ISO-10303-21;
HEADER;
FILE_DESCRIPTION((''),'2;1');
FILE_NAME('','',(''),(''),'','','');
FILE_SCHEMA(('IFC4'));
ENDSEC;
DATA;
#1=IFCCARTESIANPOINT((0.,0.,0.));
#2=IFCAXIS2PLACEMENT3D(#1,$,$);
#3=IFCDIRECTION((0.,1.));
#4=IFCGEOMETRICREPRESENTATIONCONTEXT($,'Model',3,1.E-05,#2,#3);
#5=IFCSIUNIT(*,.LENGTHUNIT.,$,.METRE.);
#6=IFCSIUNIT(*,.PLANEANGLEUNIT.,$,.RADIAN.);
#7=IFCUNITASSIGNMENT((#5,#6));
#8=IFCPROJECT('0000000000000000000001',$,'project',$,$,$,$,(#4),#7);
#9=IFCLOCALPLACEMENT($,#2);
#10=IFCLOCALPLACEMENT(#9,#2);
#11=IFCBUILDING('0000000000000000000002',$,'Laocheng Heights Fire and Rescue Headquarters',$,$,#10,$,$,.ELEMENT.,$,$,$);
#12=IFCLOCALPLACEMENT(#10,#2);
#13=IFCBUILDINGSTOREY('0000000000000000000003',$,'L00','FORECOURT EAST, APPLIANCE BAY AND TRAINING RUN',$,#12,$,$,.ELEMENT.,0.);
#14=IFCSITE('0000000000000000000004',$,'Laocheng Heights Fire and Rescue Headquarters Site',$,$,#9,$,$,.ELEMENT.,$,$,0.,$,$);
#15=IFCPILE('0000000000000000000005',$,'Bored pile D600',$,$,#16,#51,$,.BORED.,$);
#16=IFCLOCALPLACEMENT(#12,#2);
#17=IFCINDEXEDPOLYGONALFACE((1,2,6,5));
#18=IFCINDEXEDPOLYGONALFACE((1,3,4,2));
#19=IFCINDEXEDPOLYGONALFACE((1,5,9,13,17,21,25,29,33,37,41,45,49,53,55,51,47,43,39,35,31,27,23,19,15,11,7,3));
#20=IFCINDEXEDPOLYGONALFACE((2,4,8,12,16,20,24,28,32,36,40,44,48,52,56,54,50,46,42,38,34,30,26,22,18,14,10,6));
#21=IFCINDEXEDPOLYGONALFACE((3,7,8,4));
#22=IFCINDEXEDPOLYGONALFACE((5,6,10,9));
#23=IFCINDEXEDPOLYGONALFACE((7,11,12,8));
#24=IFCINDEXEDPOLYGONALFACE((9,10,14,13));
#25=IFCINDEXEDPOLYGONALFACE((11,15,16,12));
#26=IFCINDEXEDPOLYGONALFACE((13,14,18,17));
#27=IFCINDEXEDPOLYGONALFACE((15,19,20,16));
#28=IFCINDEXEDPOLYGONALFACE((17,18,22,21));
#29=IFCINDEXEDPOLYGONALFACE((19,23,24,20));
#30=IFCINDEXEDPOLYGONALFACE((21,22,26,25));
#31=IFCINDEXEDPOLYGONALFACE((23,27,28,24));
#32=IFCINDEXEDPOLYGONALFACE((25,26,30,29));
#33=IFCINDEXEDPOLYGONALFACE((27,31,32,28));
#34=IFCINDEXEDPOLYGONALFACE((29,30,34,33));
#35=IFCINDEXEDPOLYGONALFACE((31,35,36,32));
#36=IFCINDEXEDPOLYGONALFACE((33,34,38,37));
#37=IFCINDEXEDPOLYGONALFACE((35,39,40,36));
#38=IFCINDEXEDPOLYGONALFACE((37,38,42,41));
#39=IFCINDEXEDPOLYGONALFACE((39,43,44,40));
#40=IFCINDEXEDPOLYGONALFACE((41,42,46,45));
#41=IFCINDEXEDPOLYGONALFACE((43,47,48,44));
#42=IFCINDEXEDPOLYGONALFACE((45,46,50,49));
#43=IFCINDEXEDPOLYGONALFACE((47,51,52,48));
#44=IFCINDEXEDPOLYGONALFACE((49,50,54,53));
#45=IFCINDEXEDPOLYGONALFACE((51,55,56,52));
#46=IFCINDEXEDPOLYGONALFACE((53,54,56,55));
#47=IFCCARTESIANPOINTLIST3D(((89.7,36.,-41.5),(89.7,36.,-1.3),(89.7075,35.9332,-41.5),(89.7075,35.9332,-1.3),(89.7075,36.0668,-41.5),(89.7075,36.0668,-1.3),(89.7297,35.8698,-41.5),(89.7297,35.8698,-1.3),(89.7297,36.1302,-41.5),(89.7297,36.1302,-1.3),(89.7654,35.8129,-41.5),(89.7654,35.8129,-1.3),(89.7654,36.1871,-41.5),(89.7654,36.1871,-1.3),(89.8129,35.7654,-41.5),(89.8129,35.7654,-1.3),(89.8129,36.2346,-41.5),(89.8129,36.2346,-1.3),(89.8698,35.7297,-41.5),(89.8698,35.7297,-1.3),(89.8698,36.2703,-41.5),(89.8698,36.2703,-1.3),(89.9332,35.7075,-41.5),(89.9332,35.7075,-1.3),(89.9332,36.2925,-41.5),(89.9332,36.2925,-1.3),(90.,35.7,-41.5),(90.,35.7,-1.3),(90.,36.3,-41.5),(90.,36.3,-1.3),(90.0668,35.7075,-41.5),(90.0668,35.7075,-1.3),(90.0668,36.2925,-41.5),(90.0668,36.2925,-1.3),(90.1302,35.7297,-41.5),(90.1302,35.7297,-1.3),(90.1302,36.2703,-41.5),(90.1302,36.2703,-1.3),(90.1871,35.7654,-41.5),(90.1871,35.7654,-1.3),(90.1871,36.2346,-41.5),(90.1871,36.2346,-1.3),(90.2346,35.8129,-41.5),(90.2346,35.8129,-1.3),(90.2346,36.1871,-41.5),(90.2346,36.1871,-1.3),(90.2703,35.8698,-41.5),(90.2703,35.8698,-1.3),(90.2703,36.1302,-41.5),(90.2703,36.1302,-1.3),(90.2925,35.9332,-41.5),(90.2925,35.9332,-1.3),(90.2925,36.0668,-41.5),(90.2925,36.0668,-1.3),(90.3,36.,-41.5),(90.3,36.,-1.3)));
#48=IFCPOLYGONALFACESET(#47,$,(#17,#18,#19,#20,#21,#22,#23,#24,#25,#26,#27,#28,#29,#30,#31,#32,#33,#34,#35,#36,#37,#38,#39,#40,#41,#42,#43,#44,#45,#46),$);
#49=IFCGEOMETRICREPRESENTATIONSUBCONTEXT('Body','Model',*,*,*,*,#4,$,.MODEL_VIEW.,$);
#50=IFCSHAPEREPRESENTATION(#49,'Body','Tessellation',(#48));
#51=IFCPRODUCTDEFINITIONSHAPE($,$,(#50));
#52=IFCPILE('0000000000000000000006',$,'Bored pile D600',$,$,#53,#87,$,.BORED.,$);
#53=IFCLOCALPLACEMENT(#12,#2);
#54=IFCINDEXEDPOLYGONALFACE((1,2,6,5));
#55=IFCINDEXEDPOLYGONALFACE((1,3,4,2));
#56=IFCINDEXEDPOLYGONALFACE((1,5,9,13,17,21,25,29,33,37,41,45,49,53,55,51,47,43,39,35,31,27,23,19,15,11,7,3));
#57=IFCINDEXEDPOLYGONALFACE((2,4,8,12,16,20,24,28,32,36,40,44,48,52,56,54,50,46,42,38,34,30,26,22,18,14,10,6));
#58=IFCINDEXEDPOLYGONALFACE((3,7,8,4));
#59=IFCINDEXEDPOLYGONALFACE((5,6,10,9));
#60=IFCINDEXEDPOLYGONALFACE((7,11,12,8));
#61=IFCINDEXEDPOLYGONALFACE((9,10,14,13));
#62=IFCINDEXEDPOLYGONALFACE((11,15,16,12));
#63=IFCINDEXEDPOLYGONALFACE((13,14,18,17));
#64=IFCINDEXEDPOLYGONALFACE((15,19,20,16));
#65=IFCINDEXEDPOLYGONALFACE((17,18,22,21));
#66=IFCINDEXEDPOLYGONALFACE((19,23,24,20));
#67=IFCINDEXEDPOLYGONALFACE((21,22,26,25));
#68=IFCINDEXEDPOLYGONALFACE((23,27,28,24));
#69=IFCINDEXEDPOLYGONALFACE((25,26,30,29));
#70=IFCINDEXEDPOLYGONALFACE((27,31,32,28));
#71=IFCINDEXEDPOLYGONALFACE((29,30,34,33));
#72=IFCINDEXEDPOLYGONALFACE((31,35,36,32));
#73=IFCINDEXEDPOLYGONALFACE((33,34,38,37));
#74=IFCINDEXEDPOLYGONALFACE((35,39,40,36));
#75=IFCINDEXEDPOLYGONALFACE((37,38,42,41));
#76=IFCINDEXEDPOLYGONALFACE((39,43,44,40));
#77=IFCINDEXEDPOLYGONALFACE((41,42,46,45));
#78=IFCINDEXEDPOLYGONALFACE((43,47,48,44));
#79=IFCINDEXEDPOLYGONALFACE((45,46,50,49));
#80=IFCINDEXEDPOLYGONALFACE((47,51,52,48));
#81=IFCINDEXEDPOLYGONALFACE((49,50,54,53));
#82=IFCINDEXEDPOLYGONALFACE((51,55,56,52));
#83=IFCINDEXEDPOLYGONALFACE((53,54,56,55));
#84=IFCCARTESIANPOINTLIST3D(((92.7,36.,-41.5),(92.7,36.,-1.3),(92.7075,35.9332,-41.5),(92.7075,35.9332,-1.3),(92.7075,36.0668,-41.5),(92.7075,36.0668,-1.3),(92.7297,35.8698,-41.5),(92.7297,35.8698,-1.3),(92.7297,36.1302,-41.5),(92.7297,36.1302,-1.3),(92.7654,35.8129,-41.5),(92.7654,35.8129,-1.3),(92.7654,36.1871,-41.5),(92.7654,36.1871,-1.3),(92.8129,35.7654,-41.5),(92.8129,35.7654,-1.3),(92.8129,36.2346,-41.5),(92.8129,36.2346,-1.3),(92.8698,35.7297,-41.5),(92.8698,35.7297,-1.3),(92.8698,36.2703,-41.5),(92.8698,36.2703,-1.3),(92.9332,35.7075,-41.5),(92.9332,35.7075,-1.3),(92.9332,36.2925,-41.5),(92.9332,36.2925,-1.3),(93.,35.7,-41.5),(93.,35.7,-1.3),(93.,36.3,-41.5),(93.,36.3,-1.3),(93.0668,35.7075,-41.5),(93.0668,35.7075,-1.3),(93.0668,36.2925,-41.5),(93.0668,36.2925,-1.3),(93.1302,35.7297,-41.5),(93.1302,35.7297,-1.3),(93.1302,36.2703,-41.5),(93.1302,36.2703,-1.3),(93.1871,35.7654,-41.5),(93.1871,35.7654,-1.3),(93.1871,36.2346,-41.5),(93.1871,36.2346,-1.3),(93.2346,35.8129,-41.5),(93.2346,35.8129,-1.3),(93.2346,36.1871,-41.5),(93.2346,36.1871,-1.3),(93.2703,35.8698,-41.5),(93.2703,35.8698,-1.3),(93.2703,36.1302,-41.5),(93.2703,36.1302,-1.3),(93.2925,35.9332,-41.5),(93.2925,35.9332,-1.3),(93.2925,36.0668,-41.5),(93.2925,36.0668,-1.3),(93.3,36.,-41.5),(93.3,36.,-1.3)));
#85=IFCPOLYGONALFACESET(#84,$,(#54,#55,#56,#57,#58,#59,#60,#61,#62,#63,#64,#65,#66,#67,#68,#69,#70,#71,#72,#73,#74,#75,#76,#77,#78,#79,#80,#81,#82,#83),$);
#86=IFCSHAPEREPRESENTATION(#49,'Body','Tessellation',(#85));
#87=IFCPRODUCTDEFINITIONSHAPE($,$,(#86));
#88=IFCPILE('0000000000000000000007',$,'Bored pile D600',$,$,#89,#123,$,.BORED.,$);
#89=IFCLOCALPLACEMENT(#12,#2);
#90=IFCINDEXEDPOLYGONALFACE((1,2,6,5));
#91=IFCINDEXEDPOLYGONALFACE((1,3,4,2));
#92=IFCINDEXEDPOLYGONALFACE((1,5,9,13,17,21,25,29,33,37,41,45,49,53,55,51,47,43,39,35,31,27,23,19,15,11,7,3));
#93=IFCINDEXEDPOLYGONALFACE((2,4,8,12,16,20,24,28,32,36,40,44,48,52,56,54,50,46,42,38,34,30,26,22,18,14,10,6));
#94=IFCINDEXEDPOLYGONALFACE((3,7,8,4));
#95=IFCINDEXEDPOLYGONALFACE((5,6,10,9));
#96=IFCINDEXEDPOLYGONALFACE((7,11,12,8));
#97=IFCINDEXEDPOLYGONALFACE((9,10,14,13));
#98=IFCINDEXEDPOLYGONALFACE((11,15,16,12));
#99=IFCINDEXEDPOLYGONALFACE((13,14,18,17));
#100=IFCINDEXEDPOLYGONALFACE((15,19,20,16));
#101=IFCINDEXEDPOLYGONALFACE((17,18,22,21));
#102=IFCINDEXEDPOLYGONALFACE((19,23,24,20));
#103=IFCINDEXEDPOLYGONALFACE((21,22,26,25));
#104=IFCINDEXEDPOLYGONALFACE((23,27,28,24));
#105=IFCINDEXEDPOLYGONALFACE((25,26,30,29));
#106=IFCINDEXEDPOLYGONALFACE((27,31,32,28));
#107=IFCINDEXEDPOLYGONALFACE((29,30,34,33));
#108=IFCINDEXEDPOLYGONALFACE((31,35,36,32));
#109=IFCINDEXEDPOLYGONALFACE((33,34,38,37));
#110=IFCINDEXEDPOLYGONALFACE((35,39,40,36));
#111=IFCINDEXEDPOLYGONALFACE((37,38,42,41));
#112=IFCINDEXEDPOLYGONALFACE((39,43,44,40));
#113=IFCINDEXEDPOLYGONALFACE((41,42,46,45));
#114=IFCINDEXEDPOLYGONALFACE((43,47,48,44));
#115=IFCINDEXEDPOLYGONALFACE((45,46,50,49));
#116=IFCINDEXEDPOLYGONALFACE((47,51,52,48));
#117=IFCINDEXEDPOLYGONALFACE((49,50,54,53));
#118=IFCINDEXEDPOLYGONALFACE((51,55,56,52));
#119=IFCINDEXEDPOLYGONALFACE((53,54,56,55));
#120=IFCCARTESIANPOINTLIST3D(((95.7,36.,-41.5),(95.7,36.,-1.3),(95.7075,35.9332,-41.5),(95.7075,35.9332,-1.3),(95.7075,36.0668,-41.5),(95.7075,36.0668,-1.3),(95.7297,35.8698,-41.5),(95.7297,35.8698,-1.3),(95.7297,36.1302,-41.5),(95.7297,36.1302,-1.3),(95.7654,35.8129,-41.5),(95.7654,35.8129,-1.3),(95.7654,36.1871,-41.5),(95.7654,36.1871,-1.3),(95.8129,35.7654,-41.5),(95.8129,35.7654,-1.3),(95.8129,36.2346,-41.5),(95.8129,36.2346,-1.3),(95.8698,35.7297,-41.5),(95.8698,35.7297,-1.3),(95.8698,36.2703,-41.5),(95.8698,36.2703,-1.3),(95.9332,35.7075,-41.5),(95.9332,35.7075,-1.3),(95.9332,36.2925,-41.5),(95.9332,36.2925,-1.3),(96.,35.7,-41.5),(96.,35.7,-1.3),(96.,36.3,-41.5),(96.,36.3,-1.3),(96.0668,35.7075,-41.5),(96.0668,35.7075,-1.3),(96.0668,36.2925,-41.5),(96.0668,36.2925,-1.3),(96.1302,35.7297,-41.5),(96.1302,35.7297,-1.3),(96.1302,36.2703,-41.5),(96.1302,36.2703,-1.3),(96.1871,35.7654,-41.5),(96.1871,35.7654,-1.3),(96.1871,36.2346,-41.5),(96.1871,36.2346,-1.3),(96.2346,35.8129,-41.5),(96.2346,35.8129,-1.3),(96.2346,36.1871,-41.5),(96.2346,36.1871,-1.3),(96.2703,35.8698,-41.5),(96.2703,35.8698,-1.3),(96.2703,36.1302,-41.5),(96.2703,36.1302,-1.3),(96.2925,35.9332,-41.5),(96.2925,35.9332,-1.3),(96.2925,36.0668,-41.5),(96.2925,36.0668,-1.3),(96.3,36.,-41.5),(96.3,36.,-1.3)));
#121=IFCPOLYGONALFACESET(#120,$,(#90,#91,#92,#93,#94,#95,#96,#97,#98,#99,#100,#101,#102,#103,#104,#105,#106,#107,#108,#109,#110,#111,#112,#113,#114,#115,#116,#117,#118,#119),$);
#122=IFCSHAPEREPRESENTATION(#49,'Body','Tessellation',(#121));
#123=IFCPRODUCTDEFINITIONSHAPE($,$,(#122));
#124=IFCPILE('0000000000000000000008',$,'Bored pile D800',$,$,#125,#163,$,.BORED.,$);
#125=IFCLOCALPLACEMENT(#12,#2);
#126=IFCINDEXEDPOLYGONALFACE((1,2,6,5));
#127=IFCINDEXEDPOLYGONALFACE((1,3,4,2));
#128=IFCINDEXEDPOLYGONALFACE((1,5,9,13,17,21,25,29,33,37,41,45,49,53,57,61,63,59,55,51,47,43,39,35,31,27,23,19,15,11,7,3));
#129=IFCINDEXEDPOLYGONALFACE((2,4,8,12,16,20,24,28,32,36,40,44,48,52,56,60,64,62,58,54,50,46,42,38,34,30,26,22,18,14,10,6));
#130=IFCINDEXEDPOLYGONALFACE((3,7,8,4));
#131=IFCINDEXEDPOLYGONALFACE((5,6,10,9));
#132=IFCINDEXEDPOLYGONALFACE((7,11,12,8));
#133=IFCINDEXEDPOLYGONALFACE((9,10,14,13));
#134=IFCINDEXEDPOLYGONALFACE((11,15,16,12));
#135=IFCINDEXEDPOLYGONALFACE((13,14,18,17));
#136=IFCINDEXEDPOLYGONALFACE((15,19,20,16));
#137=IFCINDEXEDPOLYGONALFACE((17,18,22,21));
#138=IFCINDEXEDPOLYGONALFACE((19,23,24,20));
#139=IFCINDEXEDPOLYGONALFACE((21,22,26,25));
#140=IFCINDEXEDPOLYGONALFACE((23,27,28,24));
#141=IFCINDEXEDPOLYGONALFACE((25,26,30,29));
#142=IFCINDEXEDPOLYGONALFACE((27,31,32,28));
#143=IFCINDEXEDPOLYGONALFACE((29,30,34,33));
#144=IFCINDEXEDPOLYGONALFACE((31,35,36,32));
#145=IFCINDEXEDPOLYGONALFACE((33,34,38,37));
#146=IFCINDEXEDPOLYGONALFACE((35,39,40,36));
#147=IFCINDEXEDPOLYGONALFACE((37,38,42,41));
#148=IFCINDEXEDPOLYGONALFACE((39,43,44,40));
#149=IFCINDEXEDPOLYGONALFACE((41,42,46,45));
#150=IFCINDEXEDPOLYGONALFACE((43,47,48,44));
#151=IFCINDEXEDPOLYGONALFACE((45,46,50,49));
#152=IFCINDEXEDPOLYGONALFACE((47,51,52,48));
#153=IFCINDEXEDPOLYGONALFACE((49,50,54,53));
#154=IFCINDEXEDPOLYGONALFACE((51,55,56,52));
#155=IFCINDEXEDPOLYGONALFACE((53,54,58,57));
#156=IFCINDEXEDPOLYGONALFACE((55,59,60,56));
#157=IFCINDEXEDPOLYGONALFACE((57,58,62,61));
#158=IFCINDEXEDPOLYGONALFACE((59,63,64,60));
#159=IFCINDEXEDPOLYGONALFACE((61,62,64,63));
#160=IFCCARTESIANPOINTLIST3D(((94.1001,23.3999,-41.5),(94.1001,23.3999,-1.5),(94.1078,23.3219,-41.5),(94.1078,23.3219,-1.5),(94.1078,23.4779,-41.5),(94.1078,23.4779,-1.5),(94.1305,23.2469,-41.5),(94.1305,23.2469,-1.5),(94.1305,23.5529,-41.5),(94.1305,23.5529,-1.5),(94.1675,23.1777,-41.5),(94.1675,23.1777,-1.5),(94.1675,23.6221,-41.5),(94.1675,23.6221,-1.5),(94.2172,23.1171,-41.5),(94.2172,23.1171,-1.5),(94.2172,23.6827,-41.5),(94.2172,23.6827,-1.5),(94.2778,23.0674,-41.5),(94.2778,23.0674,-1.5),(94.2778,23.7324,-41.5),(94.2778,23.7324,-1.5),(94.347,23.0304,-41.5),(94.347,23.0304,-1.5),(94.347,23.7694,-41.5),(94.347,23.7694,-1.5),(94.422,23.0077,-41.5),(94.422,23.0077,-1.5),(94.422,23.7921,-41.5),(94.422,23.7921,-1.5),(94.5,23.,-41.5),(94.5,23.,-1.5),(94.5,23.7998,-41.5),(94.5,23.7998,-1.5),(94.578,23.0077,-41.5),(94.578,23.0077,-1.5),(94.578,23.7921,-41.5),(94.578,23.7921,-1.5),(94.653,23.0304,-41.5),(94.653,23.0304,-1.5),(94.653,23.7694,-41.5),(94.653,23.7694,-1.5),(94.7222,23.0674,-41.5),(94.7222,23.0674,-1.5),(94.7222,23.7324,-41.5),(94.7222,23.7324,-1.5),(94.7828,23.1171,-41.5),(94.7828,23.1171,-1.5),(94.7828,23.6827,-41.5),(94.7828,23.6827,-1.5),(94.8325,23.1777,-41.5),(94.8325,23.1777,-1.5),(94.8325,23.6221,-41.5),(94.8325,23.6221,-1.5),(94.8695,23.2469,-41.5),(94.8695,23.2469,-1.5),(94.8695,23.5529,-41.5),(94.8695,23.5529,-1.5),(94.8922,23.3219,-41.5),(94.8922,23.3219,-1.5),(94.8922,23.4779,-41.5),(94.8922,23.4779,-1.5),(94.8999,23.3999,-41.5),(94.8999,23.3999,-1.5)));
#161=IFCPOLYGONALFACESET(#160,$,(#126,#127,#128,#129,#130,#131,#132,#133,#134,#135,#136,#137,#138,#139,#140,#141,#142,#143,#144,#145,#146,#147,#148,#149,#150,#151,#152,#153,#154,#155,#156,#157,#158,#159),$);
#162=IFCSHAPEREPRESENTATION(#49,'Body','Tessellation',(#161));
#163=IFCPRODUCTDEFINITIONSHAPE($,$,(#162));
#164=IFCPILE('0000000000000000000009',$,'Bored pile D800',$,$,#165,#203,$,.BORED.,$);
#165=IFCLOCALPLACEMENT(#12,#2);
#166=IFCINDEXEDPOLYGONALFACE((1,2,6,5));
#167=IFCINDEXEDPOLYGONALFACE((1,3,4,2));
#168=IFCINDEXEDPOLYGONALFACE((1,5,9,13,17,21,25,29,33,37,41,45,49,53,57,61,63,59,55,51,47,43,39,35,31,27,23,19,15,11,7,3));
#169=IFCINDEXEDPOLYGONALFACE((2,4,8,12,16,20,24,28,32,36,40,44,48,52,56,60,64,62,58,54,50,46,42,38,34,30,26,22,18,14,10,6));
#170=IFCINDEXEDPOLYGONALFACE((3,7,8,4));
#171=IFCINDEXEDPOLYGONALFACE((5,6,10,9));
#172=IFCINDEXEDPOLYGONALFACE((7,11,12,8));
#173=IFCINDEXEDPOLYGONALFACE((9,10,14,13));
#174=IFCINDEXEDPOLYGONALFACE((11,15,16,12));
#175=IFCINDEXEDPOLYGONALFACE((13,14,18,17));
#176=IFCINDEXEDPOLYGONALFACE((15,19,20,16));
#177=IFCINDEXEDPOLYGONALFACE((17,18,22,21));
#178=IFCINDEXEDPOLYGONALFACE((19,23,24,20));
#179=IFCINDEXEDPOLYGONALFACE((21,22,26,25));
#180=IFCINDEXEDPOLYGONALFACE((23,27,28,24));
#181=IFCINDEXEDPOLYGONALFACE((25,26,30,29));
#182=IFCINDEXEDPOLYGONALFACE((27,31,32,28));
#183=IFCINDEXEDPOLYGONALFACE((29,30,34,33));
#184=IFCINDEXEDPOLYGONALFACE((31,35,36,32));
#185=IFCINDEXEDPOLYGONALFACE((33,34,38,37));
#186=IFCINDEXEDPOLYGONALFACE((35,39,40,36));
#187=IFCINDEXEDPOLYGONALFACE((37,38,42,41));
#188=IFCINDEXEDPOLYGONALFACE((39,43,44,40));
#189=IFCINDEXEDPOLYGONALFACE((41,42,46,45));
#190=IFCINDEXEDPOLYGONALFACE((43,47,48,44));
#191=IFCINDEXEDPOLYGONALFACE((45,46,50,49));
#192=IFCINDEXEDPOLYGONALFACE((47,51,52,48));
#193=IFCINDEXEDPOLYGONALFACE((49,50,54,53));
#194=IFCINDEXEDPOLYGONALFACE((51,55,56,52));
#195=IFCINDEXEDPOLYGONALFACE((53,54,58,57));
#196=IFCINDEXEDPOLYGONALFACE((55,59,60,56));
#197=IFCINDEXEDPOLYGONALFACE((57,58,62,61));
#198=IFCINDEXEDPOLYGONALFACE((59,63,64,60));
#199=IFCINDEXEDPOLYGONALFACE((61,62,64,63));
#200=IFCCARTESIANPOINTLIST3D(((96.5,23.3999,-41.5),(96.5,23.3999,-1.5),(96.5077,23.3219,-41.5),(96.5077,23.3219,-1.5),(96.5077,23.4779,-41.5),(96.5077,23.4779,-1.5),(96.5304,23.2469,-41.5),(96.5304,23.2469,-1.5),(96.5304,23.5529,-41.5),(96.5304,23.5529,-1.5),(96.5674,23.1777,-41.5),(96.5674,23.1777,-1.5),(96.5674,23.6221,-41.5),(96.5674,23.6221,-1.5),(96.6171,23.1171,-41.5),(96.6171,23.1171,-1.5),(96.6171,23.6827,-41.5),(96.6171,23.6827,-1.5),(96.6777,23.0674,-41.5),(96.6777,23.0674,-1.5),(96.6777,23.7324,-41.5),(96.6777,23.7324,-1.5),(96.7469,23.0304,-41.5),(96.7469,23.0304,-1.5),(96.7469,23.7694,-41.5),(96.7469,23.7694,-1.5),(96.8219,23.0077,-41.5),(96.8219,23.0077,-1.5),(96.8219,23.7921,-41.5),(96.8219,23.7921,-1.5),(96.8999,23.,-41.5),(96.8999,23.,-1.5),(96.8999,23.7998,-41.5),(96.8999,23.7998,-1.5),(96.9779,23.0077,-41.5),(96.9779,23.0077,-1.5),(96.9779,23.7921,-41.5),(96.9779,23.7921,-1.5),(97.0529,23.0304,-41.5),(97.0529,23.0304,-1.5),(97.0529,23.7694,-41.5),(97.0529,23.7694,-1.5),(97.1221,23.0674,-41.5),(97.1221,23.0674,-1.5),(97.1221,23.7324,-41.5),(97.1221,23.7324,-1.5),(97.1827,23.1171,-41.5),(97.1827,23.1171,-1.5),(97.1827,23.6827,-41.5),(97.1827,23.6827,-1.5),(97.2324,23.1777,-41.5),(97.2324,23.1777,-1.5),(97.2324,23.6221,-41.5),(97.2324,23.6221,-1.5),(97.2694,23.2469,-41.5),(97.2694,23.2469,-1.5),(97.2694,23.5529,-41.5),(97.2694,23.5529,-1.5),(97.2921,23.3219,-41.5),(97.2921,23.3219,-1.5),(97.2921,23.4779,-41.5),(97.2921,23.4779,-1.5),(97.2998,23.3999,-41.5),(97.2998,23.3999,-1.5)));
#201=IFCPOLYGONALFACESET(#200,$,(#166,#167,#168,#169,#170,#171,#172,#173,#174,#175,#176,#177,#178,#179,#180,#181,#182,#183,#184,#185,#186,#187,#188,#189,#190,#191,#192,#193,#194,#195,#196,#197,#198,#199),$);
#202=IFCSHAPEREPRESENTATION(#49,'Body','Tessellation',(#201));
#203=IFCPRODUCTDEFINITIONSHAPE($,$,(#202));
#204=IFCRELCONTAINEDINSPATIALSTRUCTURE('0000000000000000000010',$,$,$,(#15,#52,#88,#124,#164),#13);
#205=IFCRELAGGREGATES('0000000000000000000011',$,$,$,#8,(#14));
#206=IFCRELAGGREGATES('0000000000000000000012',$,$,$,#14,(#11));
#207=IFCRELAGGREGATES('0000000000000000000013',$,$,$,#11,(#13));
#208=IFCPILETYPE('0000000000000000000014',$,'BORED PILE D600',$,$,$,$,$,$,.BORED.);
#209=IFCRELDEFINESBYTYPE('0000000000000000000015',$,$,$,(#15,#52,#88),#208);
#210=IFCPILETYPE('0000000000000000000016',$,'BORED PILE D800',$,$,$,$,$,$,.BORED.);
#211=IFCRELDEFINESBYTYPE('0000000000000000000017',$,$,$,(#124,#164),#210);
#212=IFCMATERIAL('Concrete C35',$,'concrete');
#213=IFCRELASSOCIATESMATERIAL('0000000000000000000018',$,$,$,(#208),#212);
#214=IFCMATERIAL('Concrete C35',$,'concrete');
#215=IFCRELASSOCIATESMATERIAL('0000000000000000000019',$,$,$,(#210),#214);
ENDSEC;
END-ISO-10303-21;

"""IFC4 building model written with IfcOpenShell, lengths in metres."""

from ifc_helpers import new_model, si_unit, direction, frame, origin, origin_2d, place, context, subcontext, project, spatial, circle, extrude, material, material_profile, profile_set, type_object, element, save


model = new_model("IFC4")

# Units and contexts
model_context = context("Model", 3, precision=1e-05, world=origin(), true_north=direction((0.0, 1.0)))
body_context = subcontext(model_context, "Body", "Model", "MODEL_VIEW")
ifc_project = project(units=[si_unit("LENGTHUNIT", "METRE"), si_unit("PLANEANGLEUNIT", "RADIAN")], contexts=[model_context])

# Site, building, storey
site_placement = place(None, origin())
site = spatial("IfcSite", under=ifc_project, at=site_placement, Name="Laocheng Heights Fire and Rescue Headquarters Site", CompositionType="ELEMENT", RefElevation=0.0)
building_placement = place(site_placement, origin())
building = spatial("IfcBuilding", under=site, at=building_placement, Name="Laocheng Heights Fire and Rescue Headquarters", CompositionType="ELEMENT")
storey_placement = place(building_placement, origin())
storey = spatial("IfcBuildingStorey", under=building, at=storey_placement, Name="L00", Description="FORECOURT EAST, APPLIANCE BAY AND TRAINING RUN", CompositionType="ELEMENT", Elevation=0.0)

# Piles
ifc_material_1 = material(Name="Concrete C35", Category="concrete")
ifc_material_profile_1 = material_profile(ifc_material_1, circle(Radius=0.3, at=origin_2d()), Name="BORED PILE D600")
ifc_profile_set_1 = profile_set([ifc_material_profile_1], Name="Concrete C35")
pile_type_1 = type_object("IfcPileType", Name="BORED PILE D600", PredefinedType="BORED", material=ifc_profile_set_1)
for number, where, z_axis, x_axis, name in (
    (1, (90.0, 36.0, -1.3), (0.0, 0.0, -1.0), (1.0, 0.0, 0.0), "Bored pile D600"),
    (2, (93.0, 36.0, -1.3), (0.0, 0.0, -1.0), (1.0, 0.0, 0.0), "Bored pile D600"),
    (3, (96.0, 36.0, -1.3), (0.0, 0.0, -1.0), (1.0, 0.0, 0.0), "Bored pile D600"),
):
    element("IfcPile", number, at=place(storey_placement, frame(where, z_axis=z_axis, x_axis=x_axis)), inside=storey, type_object=pile_type_1, Name=name, PredefinedType="BORED", context=body_context, shape_type="SweptSolid", body=[
        extrude(circle(Radius=0.3, at=origin_2d()), origin(), (0.0, 0.0, 1.0), 40.2),
    ])
ifc_material_2 = material(Name="Concrete C35", Category="concrete")
ifc_material_profile_2 = material_profile(ifc_material_2, circle(Radius=0.3999, at=origin_2d()), Name="BORED PILE D800")
ifc_profile_set_2 = profile_set([ifc_material_profile_2], Name="Concrete C35")
pile_type_2 = type_object("IfcPileType", Name="BORED PILE D800", PredefinedType="BORED", material=ifc_profile_set_2)
for number, where, z_axis, x_axis, name in (
    (4, (94.5, 23.3999, -1.5), (0.0, 0.0, -1.0), (1.0, 0.0, 0.0), "Bored pile D800"),
    (5, (96.8999, 23.3999, -1.5), (0.0, 0.0, -1.0), (1.0, 0.0, 0.0), "Bored pile D800"),
):
    element("IfcPile", number, at=place(storey_placement, frame(where, z_axis=z_axis, x_axis=x_axis)), inside=storey, type_object=pile_type_2, Name=name, PredefinedType="BORED", context=body_context, shape_type="SweptSolid", body=[
        extrude(circle(Radius=0.3999, at=origin_2d()), origin(), (0.0, 0.0, 1.0), 40.0),
    ])

save(model, "model.ifc")
